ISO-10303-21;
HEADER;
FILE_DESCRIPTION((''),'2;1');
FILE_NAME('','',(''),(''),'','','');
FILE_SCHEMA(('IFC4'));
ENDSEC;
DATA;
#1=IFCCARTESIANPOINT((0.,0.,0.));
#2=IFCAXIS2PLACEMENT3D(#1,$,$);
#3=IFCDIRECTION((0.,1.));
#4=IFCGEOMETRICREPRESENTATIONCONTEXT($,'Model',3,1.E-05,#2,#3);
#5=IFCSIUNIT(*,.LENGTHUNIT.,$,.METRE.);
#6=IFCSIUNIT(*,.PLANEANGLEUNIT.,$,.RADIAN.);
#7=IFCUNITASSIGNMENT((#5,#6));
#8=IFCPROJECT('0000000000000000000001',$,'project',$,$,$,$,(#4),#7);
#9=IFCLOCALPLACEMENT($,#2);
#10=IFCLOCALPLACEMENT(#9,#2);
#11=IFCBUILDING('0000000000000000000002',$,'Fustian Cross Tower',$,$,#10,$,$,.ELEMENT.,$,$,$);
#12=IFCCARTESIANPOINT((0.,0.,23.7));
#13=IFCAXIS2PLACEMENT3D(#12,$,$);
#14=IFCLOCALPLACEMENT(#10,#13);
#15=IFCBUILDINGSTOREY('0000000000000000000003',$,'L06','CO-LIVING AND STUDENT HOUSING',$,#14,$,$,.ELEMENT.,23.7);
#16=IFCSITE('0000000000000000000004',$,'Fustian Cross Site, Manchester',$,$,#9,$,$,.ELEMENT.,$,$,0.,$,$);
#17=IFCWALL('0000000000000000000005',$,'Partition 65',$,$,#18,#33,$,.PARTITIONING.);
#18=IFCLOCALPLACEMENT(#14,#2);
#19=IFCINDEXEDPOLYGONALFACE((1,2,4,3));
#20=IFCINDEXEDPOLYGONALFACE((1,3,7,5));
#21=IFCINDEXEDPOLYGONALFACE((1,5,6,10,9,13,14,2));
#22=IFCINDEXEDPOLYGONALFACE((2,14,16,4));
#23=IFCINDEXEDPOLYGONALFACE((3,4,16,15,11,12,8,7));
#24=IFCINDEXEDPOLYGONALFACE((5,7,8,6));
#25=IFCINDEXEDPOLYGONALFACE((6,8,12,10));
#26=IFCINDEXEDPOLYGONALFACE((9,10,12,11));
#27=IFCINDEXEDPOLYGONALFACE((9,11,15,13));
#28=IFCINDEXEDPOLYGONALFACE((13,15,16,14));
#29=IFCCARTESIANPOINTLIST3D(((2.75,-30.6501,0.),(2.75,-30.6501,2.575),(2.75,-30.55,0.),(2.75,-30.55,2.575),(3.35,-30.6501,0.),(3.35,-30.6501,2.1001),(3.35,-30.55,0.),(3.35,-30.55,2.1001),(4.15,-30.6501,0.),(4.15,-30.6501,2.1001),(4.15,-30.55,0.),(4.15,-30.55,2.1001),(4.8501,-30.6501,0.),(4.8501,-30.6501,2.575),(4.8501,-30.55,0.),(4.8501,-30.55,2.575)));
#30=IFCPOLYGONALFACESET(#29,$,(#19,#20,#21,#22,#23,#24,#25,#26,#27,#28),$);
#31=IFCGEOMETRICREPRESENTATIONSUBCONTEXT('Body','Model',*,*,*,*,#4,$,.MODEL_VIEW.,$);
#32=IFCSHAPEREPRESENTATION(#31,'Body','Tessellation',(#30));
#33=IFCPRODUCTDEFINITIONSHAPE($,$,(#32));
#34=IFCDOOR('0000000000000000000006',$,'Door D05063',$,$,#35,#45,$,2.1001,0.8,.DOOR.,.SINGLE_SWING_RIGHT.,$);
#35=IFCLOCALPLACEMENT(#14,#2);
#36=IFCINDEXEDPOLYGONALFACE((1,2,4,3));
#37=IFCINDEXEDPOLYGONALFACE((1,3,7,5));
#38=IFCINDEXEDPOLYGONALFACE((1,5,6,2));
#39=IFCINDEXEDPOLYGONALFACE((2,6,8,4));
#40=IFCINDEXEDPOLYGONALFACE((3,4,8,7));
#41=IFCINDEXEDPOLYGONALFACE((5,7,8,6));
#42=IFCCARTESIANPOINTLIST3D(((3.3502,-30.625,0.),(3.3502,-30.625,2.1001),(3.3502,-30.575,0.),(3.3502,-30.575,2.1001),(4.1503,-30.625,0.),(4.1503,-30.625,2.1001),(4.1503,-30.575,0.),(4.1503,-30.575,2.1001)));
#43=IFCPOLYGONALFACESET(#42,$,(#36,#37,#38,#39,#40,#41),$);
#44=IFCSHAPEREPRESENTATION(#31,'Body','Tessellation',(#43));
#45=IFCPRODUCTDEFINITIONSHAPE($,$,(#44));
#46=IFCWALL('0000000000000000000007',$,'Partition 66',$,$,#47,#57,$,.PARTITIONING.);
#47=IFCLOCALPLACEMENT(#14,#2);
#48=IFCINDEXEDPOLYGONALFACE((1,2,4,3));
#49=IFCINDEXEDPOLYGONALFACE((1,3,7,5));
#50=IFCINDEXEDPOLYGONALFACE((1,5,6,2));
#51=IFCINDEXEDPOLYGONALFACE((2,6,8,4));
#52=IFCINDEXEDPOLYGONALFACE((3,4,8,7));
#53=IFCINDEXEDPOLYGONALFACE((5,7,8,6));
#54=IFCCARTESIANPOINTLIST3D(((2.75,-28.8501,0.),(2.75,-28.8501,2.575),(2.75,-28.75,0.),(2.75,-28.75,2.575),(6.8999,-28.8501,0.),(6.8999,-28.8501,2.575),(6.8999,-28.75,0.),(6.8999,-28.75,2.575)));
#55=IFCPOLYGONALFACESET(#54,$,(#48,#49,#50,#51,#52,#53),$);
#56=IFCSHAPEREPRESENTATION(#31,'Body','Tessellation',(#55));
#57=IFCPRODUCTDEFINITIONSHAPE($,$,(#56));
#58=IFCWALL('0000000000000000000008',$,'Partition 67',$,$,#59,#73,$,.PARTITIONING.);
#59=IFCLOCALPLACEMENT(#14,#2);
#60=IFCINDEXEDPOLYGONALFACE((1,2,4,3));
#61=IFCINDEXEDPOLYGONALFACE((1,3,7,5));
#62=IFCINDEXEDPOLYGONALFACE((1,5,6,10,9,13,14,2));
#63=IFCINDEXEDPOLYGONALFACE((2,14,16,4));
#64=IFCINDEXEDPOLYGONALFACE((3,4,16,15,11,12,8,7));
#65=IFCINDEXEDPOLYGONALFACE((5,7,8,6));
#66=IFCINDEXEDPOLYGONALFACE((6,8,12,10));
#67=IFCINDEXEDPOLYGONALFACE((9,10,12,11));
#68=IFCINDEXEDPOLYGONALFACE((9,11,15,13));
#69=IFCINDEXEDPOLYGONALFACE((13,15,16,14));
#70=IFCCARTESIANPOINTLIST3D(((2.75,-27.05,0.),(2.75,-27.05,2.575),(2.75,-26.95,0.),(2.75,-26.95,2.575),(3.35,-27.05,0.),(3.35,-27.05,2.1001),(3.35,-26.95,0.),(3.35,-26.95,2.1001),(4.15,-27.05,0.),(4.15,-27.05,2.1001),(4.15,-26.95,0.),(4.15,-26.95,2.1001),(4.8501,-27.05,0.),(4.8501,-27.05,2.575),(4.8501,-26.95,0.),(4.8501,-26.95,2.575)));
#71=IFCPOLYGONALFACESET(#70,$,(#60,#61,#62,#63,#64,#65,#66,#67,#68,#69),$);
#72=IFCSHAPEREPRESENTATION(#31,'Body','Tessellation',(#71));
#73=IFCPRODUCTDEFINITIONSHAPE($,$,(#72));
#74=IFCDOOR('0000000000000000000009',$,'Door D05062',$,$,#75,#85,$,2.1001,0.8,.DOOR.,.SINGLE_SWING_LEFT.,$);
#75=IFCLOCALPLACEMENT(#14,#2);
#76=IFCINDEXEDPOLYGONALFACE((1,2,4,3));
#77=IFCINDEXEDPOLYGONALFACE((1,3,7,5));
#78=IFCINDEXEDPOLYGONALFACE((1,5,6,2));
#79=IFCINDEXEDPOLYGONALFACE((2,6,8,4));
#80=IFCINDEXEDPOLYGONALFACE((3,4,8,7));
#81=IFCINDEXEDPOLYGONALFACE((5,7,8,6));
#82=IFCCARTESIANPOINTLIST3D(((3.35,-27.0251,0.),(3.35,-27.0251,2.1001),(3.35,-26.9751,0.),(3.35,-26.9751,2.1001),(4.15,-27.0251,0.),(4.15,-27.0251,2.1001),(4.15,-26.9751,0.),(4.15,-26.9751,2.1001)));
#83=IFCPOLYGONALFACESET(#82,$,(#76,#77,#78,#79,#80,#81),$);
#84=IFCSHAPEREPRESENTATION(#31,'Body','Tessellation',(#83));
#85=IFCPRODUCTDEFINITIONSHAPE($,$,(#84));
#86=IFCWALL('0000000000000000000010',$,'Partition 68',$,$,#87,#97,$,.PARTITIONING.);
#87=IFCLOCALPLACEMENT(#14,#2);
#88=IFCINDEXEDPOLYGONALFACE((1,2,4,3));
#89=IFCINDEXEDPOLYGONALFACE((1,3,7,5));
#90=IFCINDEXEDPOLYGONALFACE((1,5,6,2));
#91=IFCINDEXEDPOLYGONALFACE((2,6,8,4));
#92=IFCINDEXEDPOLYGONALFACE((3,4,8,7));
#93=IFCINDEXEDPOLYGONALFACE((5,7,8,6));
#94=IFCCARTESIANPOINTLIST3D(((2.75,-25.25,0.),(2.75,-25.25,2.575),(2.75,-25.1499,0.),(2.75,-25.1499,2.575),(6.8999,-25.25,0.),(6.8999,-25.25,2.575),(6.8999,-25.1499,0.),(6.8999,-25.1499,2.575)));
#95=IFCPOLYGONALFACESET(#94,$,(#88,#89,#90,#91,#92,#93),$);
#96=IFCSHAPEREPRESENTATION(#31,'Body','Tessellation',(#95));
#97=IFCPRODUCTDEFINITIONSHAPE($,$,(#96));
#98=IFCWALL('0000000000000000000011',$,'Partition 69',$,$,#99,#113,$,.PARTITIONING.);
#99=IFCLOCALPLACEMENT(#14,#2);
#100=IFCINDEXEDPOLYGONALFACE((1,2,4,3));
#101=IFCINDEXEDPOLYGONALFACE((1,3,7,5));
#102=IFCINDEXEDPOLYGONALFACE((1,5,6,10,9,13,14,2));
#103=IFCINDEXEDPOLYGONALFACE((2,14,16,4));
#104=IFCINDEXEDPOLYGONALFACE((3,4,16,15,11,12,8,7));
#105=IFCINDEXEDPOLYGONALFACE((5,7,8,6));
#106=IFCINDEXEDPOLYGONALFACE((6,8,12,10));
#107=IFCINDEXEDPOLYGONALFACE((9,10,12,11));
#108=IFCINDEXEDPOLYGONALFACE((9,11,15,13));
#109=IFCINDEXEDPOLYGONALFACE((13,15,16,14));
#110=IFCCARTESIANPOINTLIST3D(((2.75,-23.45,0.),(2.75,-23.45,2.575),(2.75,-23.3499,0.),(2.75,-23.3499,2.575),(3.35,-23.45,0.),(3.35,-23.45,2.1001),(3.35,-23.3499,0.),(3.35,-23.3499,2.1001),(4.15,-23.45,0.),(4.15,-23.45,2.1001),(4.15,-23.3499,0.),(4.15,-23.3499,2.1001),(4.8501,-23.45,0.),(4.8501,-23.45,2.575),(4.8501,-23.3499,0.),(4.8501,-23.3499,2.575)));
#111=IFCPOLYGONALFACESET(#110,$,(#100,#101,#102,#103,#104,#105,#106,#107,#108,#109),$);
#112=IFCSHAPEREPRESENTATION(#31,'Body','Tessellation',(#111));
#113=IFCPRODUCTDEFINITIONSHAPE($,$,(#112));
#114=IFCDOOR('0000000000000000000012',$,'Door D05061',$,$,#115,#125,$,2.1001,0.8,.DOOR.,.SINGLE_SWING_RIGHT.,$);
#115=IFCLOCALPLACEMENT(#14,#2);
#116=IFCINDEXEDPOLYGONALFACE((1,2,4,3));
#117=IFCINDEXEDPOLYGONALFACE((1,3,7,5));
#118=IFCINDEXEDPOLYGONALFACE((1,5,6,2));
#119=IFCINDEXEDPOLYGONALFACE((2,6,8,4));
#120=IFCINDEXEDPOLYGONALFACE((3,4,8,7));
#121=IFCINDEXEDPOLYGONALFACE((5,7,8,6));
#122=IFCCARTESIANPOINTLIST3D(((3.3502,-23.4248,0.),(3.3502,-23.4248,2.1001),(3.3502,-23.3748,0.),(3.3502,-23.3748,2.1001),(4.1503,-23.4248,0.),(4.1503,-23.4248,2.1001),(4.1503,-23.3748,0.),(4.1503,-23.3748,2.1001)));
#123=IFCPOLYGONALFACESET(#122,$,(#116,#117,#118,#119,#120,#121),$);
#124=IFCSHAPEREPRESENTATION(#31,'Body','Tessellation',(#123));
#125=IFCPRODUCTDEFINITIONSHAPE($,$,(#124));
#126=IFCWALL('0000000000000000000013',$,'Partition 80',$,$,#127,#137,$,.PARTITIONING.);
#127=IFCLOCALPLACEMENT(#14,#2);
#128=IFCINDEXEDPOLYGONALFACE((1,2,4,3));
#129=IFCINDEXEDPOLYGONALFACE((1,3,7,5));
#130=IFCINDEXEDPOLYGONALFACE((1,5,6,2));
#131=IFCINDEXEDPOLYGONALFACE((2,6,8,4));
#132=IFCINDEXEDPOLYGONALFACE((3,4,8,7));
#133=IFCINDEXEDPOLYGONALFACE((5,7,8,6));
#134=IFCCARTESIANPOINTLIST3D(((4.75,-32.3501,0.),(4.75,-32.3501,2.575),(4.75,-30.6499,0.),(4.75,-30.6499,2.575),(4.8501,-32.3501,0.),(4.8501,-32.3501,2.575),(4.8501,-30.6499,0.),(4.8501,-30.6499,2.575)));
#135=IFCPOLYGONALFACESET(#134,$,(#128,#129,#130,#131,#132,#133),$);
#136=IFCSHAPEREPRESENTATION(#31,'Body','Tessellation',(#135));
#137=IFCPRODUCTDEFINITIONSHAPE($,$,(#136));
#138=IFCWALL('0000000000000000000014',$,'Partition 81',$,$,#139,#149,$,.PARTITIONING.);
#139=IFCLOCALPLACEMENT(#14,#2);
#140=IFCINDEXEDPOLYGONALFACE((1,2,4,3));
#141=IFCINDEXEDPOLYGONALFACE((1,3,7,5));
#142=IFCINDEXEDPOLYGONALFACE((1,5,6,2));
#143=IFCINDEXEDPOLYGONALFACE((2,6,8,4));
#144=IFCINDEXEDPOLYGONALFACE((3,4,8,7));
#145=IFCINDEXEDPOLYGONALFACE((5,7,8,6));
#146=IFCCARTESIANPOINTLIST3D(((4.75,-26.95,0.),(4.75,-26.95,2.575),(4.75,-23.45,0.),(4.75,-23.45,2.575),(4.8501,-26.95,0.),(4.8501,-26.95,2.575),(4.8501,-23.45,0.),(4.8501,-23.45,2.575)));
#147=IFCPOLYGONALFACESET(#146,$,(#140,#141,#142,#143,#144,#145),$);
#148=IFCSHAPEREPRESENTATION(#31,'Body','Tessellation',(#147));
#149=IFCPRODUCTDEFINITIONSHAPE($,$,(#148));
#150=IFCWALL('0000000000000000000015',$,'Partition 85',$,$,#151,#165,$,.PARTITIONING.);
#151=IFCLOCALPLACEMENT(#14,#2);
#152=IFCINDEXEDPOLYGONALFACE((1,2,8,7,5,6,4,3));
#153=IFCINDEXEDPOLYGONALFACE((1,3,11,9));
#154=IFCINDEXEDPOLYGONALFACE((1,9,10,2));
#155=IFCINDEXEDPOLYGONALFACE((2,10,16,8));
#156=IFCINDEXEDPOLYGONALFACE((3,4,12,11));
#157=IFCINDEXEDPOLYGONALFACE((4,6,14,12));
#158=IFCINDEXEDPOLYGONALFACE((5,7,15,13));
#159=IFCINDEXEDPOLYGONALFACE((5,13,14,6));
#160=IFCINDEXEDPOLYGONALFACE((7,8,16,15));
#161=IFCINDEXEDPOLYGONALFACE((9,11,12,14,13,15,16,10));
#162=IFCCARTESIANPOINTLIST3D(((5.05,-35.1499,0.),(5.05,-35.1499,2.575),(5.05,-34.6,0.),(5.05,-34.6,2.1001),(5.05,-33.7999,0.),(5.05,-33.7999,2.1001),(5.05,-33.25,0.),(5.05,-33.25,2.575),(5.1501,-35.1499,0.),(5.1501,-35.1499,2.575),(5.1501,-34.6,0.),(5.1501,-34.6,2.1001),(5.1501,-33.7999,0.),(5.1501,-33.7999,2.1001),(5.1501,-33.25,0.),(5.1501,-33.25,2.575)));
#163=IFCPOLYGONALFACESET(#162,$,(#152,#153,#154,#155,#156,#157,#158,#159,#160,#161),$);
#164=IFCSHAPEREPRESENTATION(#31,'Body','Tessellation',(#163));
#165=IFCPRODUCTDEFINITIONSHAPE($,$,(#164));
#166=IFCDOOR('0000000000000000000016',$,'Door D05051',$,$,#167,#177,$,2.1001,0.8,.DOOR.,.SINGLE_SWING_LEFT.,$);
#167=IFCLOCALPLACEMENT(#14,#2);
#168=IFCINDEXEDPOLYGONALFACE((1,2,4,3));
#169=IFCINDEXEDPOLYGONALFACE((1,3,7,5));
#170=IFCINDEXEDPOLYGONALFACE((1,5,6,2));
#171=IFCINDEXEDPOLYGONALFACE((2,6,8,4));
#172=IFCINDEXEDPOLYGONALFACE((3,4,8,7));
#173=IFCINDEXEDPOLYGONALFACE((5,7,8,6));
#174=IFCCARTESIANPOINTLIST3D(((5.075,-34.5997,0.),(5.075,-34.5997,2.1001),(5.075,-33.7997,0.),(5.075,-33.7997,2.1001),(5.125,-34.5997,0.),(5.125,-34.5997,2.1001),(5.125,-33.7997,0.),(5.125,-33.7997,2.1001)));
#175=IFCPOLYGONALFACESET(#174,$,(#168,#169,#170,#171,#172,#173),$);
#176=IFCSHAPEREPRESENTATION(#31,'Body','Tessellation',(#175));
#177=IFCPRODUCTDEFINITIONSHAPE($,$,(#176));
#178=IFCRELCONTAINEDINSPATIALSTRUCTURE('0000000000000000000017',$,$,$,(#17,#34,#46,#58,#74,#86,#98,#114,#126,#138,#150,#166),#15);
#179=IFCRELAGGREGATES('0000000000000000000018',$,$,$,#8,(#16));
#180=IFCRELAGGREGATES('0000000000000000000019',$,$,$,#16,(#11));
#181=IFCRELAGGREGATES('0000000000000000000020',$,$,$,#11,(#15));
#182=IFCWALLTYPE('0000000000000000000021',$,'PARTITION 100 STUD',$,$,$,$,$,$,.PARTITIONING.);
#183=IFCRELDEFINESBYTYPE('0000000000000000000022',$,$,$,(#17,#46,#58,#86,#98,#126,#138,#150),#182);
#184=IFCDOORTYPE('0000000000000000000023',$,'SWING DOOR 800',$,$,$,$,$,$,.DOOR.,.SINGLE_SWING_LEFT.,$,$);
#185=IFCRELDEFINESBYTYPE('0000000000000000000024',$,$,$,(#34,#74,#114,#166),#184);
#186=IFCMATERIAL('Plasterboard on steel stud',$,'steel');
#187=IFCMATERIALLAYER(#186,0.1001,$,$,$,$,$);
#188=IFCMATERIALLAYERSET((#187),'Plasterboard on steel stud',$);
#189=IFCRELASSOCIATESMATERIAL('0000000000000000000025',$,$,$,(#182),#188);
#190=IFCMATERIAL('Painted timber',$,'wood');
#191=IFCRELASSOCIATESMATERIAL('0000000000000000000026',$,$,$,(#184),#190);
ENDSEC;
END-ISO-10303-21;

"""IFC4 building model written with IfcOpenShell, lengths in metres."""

from ifc_helpers import new_model, si_unit, direction, frame, frame_2d, origin, place, context, subcontext, project, spatial, rectangle, extrude, material, layer, layer_set, type_object, element, fill, save


model = new_model("IFC4")

# Units and contexts
model_context = context("Model", 3, precision=1e-05, world=origin(), true_north=direction((0.0, 1.0)))
body_context = subcontext(model_context, "Body", "Model", "MODEL_VIEW")
ifc_project = project(units=[si_unit("LENGTHUNIT", "METRE"), si_unit("PLANEANGLEUNIT", "RADIAN")], contexts=[model_context])

# Site, building, storey
site_placement = place(None, origin())
site = spatial("IfcSite", under=ifc_project, at=site_placement, Name="Fustian Cross Site, Manchester", CompositionType="ELEMENT", RefElevation=0.0)
building_placement = place(site_placement, origin())
building = spatial("IfcBuilding", under=site, at=building_placement, Name="Fustian Cross Tower", CompositionType="ELEMENT")
storey_placement = place(building_placement, frame((0.0, 0.0, 23.7)))
storey = spatial("IfcBuildingStorey", under=building, at=storey_placement, Name="L06", Description="CO-LIVING AND STUDENT HOUSING", CompositionType="ELEMENT", Elevation=23.7)

# Shared definitions
ifc_material_1 = material(Name="Plasterboard on steel stud", Category="steel")
ifc_layer = layer(ifc_material_1, 0.1001)
ifc_layer_set = layer_set([ifc_layer], Name="Plasterboard on steel stud")
wall_type = type_object("IfcWallType", Name="PARTITION 100 STUD", PredefinedType="PARTITIONING", material=ifc_layer_set)

# Wall, opening, door
wall_1_placement = place(storey_placement, frame((2.75, -30.6001, 0.0), z_axis=(0.0, 0.0, 1.0), x_axis=(1.0, 0.0, 0.0)))
wall_1 = element("IfcWall", 1, at=wall_1_placement, inside=storey, type_object=wall_type, Name="Partition 65", PredefinedType="PARTITIONING", context=body_context, shape_type="SweptSolid", body=[
    extrude(rectangle(XDim=2.1001, YDim=0.1001, at=frame_2d((1.05, 0.0))), origin(), (0.0, 0.0, 1.0), 2.575),
])
opening_1_placement = place(wall_1_placement, frame((0.6001, 0.0, 0.0)))
opening_1 = element("IfcOpeningElement", 2, at=opening_1_placement, cuts=wall_1, PredefinedType="OPENING", context=body_context, shape_type="SweptSolid", body=[
    extrude(rectangle(XDim=0.8, YDim=2.1001, at=frame_2d((0.3999, 1.05))), frame((0.0, 0.0601, 0.0), z_axis=(0.0, -1.0, 0.0), x_axis=(1.0, 0.0, 0.0)), (0.0, 0.0, 1.0), 0.1201),
])
ifc_material_2 = material(Name="Painted timber", Category="wood")
door_type_1 = type_object("IfcDoorType", Name="SWING DOOR 800", OperationType="SINGLE_SWING_LEFT", PredefinedType="DOOR", material=ifc_material_2)
door_1_placement = place(opening_1_placement, frame((0.8, 0.0, 0.0), z_axis=(0.0, 0.0, 1.0), x_axis=(-1.0, 0.0, 0.0)))
door_1 = element("IfcDoor", 3, at=door_1_placement, inside=storey, type_object=door_type_1, Name="Door D05063", OperationType="SINGLE_SWING_RIGHT", OverallHeight=2.1001, OverallWidth=0.8, PredefinedType="DOOR", context=body_context, shape_type="SweptSolid", body=[
    extrude(rectangle(XDim=0.8, YDim=2.1001, at=frame_2d((0.3999, 1.05))), frame((0.0, 0.0249, 0.0), z_axis=(0.0, -1.0, 0.0), x_axis=(1.0, 0.0, 0.0)), (0.0, 0.0, 1.0), 0.05),
])
fill(opening_1, door_1)

# Wall
wall_2_placement = place(storey_placement, frame((2.75, -28.8, 0.0), z_axis=(0.0, 0.0, 1.0), x_axis=(1.0, 0.0, 0.0)))
element("IfcWall", 4, at=wall_2_placement, inside=storey, type_object=wall_type, Name="Partition 66", PredefinedType="PARTITIONING", context=body_context, shape_type="SweptSolid", body=[
    extrude(rectangle(XDim=4.1499, YDim=0.1001, at=frame_2d((2.075, 0.0))), origin(), (0.0, 0.0, 1.0), 2.575),
])

# Wall, opening, door
wall_3_placement = place(storey_placement, frame((2.75, -27.0, 0.0), z_axis=(0.0, 0.0, 1.0), x_axis=(1.0, 0.0, 0.0)))
wall_3 = element("IfcWall", 5, at=wall_3_placement, inside=storey, type_object=wall_type, Name="Partition 67", PredefinedType="PARTITIONING", context=body_context, shape_type="SweptSolid", body=[
    extrude(rectangle(XDim=2.1001, YDim=0.1001, at=frame_2d((1.05, 0.0))), origin(), (0.0, 0.0, 1.0), 2.575),
])
opening_2_placement = place(wall_3_placement, frame((0.6001, 0.0, 0.0)))
opening_2 = element("IfcOpeningElement", 6, at=opening_2_placement, cuts=wall_3, PredefinedType="OPENING", context=body_context, shape_type="SweptSolid", body=[
    extrude(rectangle(XDim=0.8, YDim=2.1001, at=frame_2d((0.3999, 1.05))), frame((0.0, 0.0601, 0.0), z_axis=(0.0, -1.0, 0.0), x_axis=(1.0, 0.0, 0.0)), (0.0, 0.0, 1.0), 0.1201),
])
door_2_placement = place(opening_2_placement, origin())
door_2 = element("IfcDoor", 7, at=door_2_placement, inside=storey, type_object=door_type_1, Name="Door D05062", OperationType="SINGLE_SWING_LEFT", OverallHeight=2.1001, OverallWidth=0.8, PredefinedType="DOOR", context=body_context, shape_type="SweptSolid", body=[
    extrude(rectangle(XDim=0.8, YDim=2.1001, at=frame_2d((0.3999, 1.05))), frame((0.0, 0.0249, 0.0), z_axis=(0.0, -1.0, 0.0), x_axis=(1.0, 0.0, 0.0)), (0.0, 0.0, 1.0), 0.05),
])
fill(opening_2, door_2)

# Wall
wall_4_placement = place(storey_placement, frame((2.75, -25.2, 0.0), z_axis=(0.0, 0.0, 1.0), x_axis=(1.0, 0.0, 0.0)))
element("IfcWall", 8, at=wall_4_placement, inside=storey, type_object=wall_type, Name="Partition 68", PredefinedType="PARTITIONING", context=body_context, shape_type="SweptSolid", body=[
    extrude(rectangle(XDim=4.1499, YDim=0.1001, at=frame_2d((2.075, 0.0))), origin(), (0.0, 0.0, 1.0), 2.575),
])

# Wall, opening, door
wall_5_placement = place(storey_placement, frame((2.75, -23.3999, 0.0), z_axis=(0.0, 0.0, 1.0), x_axis=(1.0, 0.0, 0.0)))
wall_5 = element("IfcWall", 9, at=wall_5_placement, inside=storey, type_object=wall_type, Name="Partition 69", PredefinedType="PARTITIONING", context=body_context, shape_type="SweptSolid", body=[
    extrude(rectangle(XDim=2.1001, YDim=0.1001, at=frame_2d((1.05, 0.0))), origin(), (0.0, 0.0, 1.0), 2.575),
])
opening_3_placement = place(wall_5_placement, frame((0.6001, 0.0, 0.0)))
opening_3 = element("IfcOpeningElement", 10, at=opening_3_placement, cuts=wall_5, PredefinedType="OPENING", context=body_context, shape_type="SweptSolid", body=[
    extrude(rectangle(XDim=0.8, YDim=2.1001, at=frame_2d((0.3999, 1.05))), frame((0.0, 0.0601, 0.0), z_axis=(0.0, -1.0, 0.0), x_axis=(1.0, 0.0, 0.0)), (0.0, 0.0, 1.0), 0.1201),
])
door_3_placement = place(opening_3_placement, frame((0.8, 0.0, 0.0), z_axis=(0.0, 0.0, 1.0), x_axis=(-1.0, 0.0, 0.0)))
door_3 = element("IfcDoor", 11, at=door_3_placement, inside=storey, type_object=door_type_1, Name="Door D05061", OperationType="SINGLE_SWING_RIGHT", OverallHeight=2.1001, OverallWidth=0.8, PredefinedType="DOOR", context=body_context, shape_type="SweptSolid", body=[
    extrude(rectangle(XDim=0.8, YDim=2.1001, at=frame_2d((0.3999, 1.05))), frame((0.0, 0.0249, 0.0), z_axis=(0.0, -1.0, 0.0), x_axis=(1.0, 0.0, 0.0)), (0.0, 0.0, 1.0), 0.05),
])
fill(opening_3, door_3)

# Walls
wall_6_placement = place(storey_placement, frame((4.8, -32.3501, 0.0), z_axis=(0.0, 0.0, 1.0), x_axis=(0.0, 1.0, 0.0)))
element("IfcWall", 12, at=wall_6_placement, inside=storey, type_object=wall_type, Name="Partition 80", PredefinedType="PARTITIONING", context=body_context, shape_type="SweptSolid", body=[
    extrude(rectangle(XDim=1.7002, YDim=0.1001, at=frame_2d((0.8501, 0.0))), origin(), (0.0, 0.0, 1.0), 2.575),
])
wall_7_placement = place(storey_placement, frame((4.8, -26.95, 0.0), z_axis=(0.0, 0.0, 1.0), x_axis=(0.0, 1.0, 0.0)))
element("IfcWall", 13, at=wall_7_placement, inside=storey, type_object=wall_type, Name="Partition 81", PredefinedType="PARTITIONING", context=body_context, shape_type="SweptSolid", body=[
    extrude(rectangle(XDim=3.5, YDim=0.1001, at=frame_2d((1.75, 0.0))), origin(), (0.0, 0.0, 1.0), 2.575),
])

# Wall, opening, door
wall_8_placement = place(storey_placement, frame((5.1001, -35.1499, 0.0), z_axis=(0.0, 0.0, 1.0), x_axis=(0.0, 1.0, 0.0)))
wall_8 = element("IfcWall", 14, at=wall_8_placement, inside=storey, type_object=wall_type, Name="Partition 85", PredefinedType="PARTITIONING", context=body_context, shape_type="SweptSolid", body=[
    extrude(rectangle(XDim=1.8999, YDim=0.1001, at=frame_2d((0.95, 0.0))), origin(), (0.0, 0.0, 1.0), 2.575),
])
opening_4_placement = place(wall_8_placement, frame((0.55, 0.0, 0.0)))
opening_4 = element("IfcOpeningElement", 15, at=opening_4_placement, cuts=wall_8, PredefinedType="OPENING", context=body_context, shape_type="SweptSolid", body=[
    extrude(rectangle(XDim=0.8, YDim=2.1001, at=frame_2d((0.3999, 1.05))), frame((0.0, 0.0601, 0.0), z_axis=(0.0, -1.0, 0.0), x_axis=(1.0, 0.0, 0.0)), (0.0, 0.0, 1.0), 0.1201),
])
door_4_placement = place(opening_4_placement, frame((0.8, 0.0, 0.0), z_axis=(0.0, 0.0, 1.0), x_axis=(-1.0, 0.0, 0.0)))
door_4 = element("IfcDoor", 16, at=door_4_placement, inside=storey, type_object=door_type_1, Name="Door D05051", OperationType="SINGLE_SWING_LEFT", OverallHeight=2.1001, OverallWidth=0.8, PredefinedType="DOOR", context=body_context, shape_type="SweptSolid", body=[
    extrude(rectangle(XDim=0.8, YDim=2.1001, at=frame_2d((0.3999, 1.05))), frame((0.0, 0.0249, 0.0), z_axis=(0.0, -1.0, 0.0), x_axis=(1.0, 0.0, 0.0)), (0.0, 0.0, 1.0), 0.05),
])
fill(opening_4, door_4)

save(model, "model.ifc")
